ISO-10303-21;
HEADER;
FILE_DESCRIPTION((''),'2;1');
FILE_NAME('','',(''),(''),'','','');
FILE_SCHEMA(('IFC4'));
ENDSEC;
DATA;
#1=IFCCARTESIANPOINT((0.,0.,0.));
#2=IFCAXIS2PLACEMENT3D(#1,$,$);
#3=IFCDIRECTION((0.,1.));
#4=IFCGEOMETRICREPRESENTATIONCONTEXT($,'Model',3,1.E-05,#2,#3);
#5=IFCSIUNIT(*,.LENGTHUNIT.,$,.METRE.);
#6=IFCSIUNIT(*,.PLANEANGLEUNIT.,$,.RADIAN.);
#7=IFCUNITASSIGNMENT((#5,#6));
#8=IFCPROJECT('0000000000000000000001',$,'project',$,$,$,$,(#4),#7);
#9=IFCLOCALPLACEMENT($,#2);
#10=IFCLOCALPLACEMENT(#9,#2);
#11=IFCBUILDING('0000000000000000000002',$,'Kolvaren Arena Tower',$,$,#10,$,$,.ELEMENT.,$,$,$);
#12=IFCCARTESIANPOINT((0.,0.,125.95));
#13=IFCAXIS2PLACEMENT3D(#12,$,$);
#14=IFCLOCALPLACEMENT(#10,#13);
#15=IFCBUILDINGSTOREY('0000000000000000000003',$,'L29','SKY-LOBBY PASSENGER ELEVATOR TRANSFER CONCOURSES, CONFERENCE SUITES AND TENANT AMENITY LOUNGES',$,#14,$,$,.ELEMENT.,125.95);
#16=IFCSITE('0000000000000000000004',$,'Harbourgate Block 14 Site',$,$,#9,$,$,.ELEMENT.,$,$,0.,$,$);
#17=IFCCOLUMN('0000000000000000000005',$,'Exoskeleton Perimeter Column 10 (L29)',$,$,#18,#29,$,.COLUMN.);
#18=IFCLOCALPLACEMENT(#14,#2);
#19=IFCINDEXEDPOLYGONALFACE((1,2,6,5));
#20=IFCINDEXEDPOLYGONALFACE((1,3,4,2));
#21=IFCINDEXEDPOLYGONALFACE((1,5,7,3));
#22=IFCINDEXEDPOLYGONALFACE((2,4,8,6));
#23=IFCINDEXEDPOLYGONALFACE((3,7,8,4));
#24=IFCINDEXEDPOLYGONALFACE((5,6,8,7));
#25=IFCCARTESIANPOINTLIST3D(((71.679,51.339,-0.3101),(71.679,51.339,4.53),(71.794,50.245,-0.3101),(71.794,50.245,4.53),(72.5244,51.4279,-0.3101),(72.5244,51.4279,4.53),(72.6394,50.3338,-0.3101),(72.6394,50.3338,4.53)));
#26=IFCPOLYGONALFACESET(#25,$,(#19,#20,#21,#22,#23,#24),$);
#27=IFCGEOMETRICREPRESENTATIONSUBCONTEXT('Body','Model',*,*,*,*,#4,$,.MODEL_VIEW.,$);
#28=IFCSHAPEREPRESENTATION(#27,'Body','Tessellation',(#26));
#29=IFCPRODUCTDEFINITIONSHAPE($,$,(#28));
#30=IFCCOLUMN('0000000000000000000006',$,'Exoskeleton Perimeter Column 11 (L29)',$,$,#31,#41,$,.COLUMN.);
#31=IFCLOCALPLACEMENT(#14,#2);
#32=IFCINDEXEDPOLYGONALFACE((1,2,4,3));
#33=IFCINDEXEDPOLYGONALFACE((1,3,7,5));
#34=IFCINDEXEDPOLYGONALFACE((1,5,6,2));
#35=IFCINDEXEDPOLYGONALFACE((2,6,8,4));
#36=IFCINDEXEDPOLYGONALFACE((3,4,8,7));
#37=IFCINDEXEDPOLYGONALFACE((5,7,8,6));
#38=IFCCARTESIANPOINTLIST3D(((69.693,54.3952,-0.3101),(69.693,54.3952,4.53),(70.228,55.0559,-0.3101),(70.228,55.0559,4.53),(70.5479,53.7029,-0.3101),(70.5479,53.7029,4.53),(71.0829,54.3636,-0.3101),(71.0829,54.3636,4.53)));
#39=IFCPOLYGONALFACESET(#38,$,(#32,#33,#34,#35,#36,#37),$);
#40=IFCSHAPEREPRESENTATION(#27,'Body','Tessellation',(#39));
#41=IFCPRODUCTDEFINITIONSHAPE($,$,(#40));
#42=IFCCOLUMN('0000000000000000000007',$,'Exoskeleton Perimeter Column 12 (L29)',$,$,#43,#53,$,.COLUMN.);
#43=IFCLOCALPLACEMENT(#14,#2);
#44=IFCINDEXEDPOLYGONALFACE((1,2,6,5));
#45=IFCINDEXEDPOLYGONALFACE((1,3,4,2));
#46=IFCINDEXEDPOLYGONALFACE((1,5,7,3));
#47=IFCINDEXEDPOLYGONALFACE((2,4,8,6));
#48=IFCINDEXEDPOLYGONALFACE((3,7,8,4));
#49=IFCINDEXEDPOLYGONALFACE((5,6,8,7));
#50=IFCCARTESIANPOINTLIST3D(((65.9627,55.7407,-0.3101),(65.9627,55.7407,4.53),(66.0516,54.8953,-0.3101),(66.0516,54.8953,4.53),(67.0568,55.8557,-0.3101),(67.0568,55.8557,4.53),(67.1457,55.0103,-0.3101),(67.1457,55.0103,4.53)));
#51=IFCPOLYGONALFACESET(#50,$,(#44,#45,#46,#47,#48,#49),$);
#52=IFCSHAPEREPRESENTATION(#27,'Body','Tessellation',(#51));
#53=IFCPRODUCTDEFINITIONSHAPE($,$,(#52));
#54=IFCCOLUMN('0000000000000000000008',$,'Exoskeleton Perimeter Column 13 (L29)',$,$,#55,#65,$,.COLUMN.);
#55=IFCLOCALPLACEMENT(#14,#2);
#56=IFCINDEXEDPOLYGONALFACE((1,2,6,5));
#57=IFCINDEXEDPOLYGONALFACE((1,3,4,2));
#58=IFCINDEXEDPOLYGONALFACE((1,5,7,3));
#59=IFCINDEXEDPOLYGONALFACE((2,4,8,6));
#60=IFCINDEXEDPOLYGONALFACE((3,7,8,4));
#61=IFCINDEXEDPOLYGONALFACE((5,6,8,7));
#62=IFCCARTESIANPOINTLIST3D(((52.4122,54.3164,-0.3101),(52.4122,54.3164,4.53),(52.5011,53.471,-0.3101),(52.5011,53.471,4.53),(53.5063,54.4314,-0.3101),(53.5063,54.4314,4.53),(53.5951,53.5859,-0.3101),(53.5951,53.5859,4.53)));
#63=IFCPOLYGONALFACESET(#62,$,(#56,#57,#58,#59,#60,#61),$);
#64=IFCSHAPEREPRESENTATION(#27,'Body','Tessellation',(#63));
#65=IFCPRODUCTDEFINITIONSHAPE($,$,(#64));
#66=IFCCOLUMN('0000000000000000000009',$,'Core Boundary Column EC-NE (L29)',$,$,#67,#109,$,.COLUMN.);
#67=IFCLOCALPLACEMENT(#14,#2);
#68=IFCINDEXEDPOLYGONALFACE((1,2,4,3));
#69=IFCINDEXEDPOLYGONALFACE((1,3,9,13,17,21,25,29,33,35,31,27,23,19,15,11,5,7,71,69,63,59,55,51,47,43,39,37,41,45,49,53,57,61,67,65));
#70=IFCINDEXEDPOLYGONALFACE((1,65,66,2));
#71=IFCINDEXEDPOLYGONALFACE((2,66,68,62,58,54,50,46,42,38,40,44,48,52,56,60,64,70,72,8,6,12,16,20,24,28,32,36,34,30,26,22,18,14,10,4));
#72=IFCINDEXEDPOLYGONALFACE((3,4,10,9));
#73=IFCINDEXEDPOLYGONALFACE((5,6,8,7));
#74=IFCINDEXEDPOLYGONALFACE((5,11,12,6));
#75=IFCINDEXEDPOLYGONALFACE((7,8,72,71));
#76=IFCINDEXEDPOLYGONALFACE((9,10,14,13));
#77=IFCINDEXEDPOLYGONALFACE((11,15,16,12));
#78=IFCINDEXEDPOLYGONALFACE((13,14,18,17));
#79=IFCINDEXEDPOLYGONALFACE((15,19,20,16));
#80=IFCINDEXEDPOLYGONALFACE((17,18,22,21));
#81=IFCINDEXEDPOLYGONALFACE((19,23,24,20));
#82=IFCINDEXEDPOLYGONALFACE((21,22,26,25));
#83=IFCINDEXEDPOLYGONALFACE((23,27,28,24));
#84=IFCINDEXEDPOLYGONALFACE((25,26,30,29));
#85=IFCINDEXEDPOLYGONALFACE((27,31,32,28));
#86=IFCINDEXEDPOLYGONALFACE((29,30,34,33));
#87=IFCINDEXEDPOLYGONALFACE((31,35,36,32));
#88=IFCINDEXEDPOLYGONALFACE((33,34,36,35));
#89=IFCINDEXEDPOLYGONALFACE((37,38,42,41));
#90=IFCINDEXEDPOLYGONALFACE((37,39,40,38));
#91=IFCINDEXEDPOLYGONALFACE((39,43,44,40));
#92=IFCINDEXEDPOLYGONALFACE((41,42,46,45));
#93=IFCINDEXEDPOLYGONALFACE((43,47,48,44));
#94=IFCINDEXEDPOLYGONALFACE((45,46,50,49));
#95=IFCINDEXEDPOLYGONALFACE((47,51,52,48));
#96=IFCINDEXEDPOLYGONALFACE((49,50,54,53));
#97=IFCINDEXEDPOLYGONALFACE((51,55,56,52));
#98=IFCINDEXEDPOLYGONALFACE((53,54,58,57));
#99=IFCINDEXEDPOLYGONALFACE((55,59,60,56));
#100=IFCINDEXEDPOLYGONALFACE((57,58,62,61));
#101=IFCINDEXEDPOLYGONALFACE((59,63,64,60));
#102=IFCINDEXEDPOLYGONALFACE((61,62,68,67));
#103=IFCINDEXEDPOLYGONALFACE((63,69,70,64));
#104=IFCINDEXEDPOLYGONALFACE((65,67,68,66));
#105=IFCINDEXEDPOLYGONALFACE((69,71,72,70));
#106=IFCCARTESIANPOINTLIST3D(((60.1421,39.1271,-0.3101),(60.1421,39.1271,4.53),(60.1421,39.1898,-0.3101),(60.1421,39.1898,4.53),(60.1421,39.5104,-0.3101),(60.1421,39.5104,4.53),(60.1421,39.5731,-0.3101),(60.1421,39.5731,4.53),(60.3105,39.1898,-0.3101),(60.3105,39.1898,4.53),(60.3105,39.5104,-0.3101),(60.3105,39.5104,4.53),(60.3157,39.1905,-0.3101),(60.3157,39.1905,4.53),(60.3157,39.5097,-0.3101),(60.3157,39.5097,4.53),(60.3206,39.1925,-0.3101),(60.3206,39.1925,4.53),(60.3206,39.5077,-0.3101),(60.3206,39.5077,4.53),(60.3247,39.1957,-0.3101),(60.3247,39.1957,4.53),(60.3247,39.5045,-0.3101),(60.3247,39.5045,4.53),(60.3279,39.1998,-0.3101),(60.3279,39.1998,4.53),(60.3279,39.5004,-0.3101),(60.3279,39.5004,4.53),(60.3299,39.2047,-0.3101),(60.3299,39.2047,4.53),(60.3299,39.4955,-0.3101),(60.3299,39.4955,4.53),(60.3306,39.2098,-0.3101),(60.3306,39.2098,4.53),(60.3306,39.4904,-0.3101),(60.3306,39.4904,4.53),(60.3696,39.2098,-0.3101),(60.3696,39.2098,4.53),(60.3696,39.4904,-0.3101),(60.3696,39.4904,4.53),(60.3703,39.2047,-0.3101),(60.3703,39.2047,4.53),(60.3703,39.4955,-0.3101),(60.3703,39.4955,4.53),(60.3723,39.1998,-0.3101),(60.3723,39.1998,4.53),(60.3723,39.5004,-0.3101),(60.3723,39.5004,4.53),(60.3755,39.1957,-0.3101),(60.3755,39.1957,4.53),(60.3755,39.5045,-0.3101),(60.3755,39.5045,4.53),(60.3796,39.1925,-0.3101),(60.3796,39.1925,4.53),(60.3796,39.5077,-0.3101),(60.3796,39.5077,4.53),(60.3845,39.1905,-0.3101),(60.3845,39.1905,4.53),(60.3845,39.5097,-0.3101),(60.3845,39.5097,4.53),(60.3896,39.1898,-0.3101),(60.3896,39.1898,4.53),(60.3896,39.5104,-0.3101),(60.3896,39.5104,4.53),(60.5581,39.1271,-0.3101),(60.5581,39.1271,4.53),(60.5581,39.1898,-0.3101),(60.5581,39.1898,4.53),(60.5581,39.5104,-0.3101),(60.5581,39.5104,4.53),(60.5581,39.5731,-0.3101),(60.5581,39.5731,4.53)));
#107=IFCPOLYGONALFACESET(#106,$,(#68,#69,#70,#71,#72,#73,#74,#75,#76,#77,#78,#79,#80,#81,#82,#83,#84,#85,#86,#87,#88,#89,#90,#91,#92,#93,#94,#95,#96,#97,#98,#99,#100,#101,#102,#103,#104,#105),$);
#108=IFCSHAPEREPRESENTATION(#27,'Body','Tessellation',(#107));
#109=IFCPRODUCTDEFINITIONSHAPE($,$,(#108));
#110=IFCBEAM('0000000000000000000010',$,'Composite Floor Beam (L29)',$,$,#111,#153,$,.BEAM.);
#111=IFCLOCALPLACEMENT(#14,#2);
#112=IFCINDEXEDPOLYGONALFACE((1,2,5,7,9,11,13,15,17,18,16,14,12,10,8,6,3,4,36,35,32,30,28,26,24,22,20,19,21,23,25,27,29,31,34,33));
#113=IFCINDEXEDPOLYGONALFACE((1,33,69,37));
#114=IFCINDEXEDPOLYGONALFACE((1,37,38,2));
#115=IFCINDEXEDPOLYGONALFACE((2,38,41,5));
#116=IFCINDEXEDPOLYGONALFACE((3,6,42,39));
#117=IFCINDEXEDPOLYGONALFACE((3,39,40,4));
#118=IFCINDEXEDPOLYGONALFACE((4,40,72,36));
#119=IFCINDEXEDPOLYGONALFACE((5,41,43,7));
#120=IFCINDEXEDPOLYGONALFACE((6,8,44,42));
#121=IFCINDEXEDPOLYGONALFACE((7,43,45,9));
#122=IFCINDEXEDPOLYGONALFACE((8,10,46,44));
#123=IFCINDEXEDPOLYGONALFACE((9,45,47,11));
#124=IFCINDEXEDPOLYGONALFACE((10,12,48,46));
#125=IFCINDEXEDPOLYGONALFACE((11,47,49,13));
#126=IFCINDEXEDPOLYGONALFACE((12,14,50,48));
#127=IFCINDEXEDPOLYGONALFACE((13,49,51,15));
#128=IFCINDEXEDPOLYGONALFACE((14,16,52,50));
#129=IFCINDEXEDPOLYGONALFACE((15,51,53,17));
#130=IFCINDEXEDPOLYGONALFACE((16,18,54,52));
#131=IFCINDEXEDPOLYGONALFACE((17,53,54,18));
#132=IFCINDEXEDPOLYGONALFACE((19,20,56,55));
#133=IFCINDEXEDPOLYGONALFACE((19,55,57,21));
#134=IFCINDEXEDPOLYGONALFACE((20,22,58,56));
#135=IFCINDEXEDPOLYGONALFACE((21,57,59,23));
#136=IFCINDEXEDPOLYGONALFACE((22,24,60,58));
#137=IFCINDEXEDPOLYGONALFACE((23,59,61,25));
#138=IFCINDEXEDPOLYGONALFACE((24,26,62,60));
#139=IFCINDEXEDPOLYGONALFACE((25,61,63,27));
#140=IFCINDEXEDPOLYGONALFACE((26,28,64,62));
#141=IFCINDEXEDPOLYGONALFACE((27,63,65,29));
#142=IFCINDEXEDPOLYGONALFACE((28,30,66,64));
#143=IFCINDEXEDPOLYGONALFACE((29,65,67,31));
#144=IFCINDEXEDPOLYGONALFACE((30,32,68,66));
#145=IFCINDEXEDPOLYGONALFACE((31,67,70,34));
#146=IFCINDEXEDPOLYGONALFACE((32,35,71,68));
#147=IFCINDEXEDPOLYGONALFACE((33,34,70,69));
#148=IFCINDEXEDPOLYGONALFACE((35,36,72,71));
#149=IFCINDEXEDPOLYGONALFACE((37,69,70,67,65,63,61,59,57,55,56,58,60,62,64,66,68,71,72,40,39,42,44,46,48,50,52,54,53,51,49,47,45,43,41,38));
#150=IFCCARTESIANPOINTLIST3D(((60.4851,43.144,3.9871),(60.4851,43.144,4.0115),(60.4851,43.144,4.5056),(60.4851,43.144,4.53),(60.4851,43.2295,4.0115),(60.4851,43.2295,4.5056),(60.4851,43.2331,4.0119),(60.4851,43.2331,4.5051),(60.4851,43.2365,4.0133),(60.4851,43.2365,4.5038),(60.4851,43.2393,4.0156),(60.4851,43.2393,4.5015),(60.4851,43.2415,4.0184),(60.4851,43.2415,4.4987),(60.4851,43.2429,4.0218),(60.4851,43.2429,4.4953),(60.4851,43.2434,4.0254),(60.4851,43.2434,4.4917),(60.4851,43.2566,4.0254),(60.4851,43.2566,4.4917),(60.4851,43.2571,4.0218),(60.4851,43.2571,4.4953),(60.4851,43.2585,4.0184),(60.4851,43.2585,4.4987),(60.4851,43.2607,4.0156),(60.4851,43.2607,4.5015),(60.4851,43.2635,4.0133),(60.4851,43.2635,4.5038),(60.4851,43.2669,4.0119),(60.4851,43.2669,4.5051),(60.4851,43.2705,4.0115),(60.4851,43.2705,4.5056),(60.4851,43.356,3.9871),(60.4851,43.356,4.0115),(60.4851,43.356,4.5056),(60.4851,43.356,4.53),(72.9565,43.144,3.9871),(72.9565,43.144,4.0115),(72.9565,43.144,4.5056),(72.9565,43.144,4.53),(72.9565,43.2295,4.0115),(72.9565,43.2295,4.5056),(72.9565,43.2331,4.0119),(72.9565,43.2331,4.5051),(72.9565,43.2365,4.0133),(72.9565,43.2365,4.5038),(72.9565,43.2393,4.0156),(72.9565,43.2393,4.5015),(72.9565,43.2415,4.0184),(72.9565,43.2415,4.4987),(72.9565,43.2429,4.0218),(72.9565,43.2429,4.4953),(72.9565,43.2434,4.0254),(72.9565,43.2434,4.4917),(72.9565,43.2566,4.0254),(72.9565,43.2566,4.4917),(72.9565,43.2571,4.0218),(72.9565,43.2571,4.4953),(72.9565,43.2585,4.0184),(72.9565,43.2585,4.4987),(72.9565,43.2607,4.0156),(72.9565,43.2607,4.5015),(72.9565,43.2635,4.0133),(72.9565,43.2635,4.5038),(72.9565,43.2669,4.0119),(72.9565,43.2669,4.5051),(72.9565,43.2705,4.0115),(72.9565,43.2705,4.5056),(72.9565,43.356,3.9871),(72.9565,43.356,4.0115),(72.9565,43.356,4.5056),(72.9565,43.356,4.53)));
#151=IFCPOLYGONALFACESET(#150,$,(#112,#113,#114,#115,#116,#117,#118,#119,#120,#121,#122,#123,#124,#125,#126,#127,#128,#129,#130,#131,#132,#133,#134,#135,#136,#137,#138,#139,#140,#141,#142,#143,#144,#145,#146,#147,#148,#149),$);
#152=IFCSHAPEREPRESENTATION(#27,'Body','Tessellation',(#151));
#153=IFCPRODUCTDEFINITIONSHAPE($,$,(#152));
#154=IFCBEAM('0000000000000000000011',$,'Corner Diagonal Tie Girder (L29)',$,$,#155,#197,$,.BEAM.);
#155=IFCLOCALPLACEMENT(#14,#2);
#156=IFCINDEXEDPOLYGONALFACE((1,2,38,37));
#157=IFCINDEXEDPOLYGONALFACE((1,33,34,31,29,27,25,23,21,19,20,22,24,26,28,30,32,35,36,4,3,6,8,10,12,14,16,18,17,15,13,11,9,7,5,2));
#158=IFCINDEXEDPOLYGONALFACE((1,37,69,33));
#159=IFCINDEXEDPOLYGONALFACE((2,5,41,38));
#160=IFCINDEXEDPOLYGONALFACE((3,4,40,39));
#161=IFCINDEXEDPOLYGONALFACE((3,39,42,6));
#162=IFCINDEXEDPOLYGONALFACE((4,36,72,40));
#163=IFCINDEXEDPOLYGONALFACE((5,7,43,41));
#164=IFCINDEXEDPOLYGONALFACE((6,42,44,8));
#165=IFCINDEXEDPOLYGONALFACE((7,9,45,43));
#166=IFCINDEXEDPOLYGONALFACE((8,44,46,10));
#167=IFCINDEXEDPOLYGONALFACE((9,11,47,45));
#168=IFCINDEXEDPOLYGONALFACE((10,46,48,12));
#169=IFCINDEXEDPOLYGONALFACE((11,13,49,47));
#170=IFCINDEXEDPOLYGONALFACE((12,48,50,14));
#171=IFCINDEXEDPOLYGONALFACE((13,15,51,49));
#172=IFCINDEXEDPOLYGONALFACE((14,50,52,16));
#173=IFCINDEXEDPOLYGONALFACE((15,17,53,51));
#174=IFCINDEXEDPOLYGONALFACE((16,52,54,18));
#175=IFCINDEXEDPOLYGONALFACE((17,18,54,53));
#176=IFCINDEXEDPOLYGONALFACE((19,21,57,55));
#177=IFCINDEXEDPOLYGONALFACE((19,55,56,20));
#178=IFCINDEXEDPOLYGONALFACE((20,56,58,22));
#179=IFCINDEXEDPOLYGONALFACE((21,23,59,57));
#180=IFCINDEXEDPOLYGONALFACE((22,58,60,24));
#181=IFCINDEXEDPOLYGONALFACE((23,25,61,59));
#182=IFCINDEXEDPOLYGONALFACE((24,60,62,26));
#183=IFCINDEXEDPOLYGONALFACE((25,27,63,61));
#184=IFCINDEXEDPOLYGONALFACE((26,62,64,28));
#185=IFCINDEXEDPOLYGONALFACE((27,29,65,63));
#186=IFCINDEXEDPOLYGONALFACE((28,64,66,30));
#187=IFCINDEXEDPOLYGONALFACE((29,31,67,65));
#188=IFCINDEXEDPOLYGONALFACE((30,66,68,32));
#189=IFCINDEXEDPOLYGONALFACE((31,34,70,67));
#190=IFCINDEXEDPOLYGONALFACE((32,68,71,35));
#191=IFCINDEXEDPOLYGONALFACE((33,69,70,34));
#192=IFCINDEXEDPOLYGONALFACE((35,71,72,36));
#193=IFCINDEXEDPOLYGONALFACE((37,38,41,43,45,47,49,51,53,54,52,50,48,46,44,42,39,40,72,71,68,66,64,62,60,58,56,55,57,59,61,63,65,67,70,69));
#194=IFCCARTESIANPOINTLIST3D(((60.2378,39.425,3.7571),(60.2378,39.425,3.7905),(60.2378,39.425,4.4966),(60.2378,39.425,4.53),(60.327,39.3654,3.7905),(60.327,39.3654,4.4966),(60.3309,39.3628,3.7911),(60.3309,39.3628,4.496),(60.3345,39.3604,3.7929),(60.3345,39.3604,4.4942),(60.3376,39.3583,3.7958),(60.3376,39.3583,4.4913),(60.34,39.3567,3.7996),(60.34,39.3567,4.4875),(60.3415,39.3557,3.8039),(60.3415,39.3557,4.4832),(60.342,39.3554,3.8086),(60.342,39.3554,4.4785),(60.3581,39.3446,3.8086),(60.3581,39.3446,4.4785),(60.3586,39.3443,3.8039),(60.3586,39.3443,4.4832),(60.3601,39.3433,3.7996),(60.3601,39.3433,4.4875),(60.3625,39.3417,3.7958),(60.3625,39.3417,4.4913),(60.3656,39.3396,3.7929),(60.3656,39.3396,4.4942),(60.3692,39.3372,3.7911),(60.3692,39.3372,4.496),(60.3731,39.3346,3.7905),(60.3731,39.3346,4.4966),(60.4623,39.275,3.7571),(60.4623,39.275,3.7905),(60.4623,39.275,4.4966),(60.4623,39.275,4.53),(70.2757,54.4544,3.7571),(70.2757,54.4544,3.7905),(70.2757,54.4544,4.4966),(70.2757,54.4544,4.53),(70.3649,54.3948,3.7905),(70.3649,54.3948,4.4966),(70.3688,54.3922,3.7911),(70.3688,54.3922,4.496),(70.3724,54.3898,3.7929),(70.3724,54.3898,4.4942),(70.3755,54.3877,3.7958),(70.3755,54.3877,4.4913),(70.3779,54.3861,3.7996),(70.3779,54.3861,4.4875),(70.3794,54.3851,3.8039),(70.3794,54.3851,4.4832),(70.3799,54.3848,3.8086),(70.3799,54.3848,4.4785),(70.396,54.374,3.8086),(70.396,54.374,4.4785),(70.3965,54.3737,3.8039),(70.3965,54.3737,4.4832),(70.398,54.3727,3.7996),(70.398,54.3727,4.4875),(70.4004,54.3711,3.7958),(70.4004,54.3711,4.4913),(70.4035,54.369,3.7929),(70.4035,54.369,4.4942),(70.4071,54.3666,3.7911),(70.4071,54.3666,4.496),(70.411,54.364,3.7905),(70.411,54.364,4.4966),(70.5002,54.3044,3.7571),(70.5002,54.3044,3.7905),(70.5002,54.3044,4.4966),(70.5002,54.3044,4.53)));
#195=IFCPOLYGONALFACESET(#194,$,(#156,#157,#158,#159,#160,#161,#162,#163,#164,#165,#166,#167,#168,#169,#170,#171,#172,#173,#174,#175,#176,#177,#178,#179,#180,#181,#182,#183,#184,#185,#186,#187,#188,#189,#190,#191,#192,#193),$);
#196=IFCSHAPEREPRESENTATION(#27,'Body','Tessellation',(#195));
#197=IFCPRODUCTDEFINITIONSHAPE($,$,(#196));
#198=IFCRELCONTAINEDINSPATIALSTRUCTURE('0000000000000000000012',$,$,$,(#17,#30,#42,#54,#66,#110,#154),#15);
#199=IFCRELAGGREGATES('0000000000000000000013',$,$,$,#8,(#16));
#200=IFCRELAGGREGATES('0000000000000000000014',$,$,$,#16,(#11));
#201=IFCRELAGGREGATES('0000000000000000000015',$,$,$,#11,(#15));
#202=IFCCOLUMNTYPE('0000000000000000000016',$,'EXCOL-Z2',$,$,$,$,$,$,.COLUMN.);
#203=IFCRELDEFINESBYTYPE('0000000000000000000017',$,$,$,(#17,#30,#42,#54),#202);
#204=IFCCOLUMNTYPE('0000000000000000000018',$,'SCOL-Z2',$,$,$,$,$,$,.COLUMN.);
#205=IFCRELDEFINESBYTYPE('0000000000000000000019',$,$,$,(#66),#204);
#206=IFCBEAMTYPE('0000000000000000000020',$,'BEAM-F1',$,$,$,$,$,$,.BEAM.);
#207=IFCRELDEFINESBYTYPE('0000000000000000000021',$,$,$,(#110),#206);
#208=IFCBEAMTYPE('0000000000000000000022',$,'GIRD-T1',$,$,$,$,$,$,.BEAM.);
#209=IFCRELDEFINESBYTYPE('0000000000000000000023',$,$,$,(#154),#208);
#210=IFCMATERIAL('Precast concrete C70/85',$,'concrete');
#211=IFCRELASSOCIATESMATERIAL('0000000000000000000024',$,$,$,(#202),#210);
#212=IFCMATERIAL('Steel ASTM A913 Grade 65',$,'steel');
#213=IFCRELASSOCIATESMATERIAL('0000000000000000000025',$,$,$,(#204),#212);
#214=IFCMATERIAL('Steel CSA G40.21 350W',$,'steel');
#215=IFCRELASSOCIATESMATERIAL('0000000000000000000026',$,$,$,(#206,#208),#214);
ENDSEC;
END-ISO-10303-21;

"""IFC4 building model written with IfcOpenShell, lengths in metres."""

from ifc_helpers import new_model, si_unit, direction, frame, origin, origin_2d, place, context, subcontext, project, spatial, rectangle, i_section, extrude, material, material_profile, profile_set, type_object, element, save


model = new_model("IFC4")

# Units and contexts
model_context = context("Model", 3, precision=1e-05, world=origin(), true_north=direction((0.0, 1.0)))
body_context = subcontext(model_context, "Body", "Model", "MODEL_VIEW")
ifc_project = project(units=[si_unit("LENGTHUNIT", "METRE"), si_unit("PLANEANGLEUNIT", "RADIAN")], contexts=[model_context])

# Site, building, storey
site_placement = place(None, origin())
site = spatial("IfcSite", under=ifc_project, at=site_placement, Name="Harbourgate Block 14 Site", CompositionType="ELEMENT", RefElevation=0.0)
building_placement = place(site_placement, origin())
building = spatial("IfcBuilding", under=site, at=building_placement, Name="Kolvaren Arena Tower", CompositionType="ELEMENT")
storey_placement = place(building_placement, frame((0.0, 0.0, 125.95)))
storey = spatial("IfcBuildingStorey", under=building, at=storey_placement, Name="L29", Description="SKY-LOBBY PASSENGER ELEVATOR TRANSFER CONCOURSES, CONFERENCE SUITES AND TENANT AMENITY LOUNGES", CompositionType="ELEMENT", Elevation=125.95)

# Columns
ifc_material_1 = material(Name="Precast concrete C70/85", Category="concrete")
ifc_material_profile_1 = material_profile(ifc_material_1, rectangle(XDim=1.1001, YDim=0.8501, at=origin_2d()), Name="RC-1100x850")
ifc_profile_set_1 = profile_set([ifc_material_profile_1], Name="Precast concrete C70/85")
column_type_1 = type_object("IfcColumnType", Name="EXCOL-Z2", PredefinedType="COLUMN", material=ifc_profile_set_1)
for number, where, z_axis, x_axis, name in (
    (1, (72.1592, 50.8364, -0.3101), (0.0, 0.0, 1.0), (-0.104528, 0.994522, 0.0), "Exoskeleton Perimeter Column 10 (L29)"),
    (2, (70.3879, 54.3794, -0.3101), (0.0, 0.0, 1.0), (-0.777146, 0.62932, 0.0), "Exoskeleton Perimeter Column 11 (L29)"),
    (3, (66.5542, 55.3755, -0.3101), (0.0, 0.0, 1.0), (0.994522, 0.104528, 0.0), "Exoskeleton Perimeter Column 12 (L29)"),
    (4, (53.0037, 53.9512, -0.3101), (0.0, 0.0, 1.0), (0.994522, 0.104528, 0.0), "Exoskeleton Perimeter Column 13 (L29)"),
):
    element("IfcColumn", number, at=place(storey_placement, frame(where, z_axis=z_axis, x_axis=x_axis)), inside=storey, type_object=column_type_1, Name=name, PredefinedType="COLUMN", context=body_context, shape_type="SweptSolid", body=[
        extrude(rectangle(XDim=1.1001, YDim=0.8501, at=origin_2d()), origin(), (0.0, 0.0, 1.0), 4.8401),
    ])
ifc_material_2 = material(Name="Steel ASTM A913 Grade 65", Category="steel")
ifc_material_profile_2 = material_profile(ifc_material_2, i_section(OverallWidth=0.416, OverallDepth=0.446, WebThickness=0.0391, FlangeThickness=0.0627, FilletRadius=0.02, at=origin_2d()), Name="W360x509")
ifc_profile_set_2 = profile_set([ifc_material_profile_2], Name="Steel ASTM A913 Grade 65")
column_type_2 = type_object("IfcColumnType", Name="SCOL-Z2", PredefinedType="COLUMN", material=ifc_profile_set_2)
column_placement = place(storey_placement, frame((60.3501, 39.3501, -0.3101), z_axis=(0.0, 0.0, 1.0), x_axis=(1.0, 0.0, 0.0)))
element("IfcColumn", 5, at=column_placement, inside=storey, type_object=column_type_2, Name="Core Boundary Column EC-NE (L29)", PredefinedType="COLUMN", context=body_context, shape_type="SweptSolid", body=[
    extrude(i_section(OverallWidth=0.416, OverallDepth=0.446, WebThickness=0.0391, FlangeThickness=0.0627, FilletRadius=0.02, at=origin_2d()), origin(), (0.0, 0.0, 1.0), 4.8401),
])

# Beams
ifc_material_3 = material(Name="Steel CSA G40.21 350W", Category="steel")
ifc_material_profile_3 = material_profile(ifc_material_3, i_section(OverallWidth=0.2119, OverallDepth=0.543, WebThickness=0.0132, FlangeThickness=0.0244, FilletRadius=0.0139, at=origin_2d()), Name="W530x150")
ifc_profile_set_3 = profile_set([ifc_material_profile_3], Name="Steel CSA G40.21 350W")
beam_type_1 = type_object("IfcBeamType", Name="BEAM-F1", PredefinedType="BEAM", material=ifc_profile_set_3)
beam_1_placement = place(storey_placement, frame((60.4851, 43.25, 4.2585), z_axis=(1.0, 0.0, 0.0), x_axis=(0.0, 1.0, 0.0)))
element("IfcBeam", 6, at=beam_1_placement, inside=storey, type_object=beam_type_1, Name="Composite Floor Beam (L29)", PredefinedType="BEAM", context=body_context, shape_type="SweptSolid", body=[
    extrude(i_section(OverallWidth=0.2119, OverallDepth=0.543, WebThickness=0.0132, FlangeThickness=0.0244, FilletRadius=0.0139, at=origin_2d()), origin(), (0.0, 0.0, 1.0), 12.4714),
])
ifc_material_profile_4 = material_profile(ifc_material_3, i_section(OverallWidth=0.27, OverallDepth=0.7729, WebThickness=0.0193, FlangeThickness=0.0334, FilletRadius=0.0181, at=origin_2d()), Name="W760x257")
ifc_profile_set_4 = profile_set([ifc_material_profile_4], Name="Steel CSA G40.21 350W")
beam_type_2 = type_object("IfcBeamType", Name="GIRD-T1", PredefinedType="BEAM", material=ifc_profile_set_4)
beam_2_placement = place(storey_placement, frame((70.3879, 54.3794, 4.1436), z_axis=(-0.555401, -0.831582, 0.0), x_axis=(0.831582, -0.555401, 0.0)))
element("IfcBeam", 7, at=beam_2_placement, inside=storey, type_object=beam_type_2, Name="Corner Diagonal Tie Girder (L29)", PredefinedType="BEAM", context=body_context, shape_type="SweptSolid", body=[
    extrude(i_section(OverallWidth=0.27, OverallDepth=0.7729, WebThickness=0.0193, FlangeThickness=0.0334, FilletRadius=0.0181, at=origin_2d()), origin(), (0.0, 0.0, 1.0), 18.0732),
])

save(model, "model.ifc")
